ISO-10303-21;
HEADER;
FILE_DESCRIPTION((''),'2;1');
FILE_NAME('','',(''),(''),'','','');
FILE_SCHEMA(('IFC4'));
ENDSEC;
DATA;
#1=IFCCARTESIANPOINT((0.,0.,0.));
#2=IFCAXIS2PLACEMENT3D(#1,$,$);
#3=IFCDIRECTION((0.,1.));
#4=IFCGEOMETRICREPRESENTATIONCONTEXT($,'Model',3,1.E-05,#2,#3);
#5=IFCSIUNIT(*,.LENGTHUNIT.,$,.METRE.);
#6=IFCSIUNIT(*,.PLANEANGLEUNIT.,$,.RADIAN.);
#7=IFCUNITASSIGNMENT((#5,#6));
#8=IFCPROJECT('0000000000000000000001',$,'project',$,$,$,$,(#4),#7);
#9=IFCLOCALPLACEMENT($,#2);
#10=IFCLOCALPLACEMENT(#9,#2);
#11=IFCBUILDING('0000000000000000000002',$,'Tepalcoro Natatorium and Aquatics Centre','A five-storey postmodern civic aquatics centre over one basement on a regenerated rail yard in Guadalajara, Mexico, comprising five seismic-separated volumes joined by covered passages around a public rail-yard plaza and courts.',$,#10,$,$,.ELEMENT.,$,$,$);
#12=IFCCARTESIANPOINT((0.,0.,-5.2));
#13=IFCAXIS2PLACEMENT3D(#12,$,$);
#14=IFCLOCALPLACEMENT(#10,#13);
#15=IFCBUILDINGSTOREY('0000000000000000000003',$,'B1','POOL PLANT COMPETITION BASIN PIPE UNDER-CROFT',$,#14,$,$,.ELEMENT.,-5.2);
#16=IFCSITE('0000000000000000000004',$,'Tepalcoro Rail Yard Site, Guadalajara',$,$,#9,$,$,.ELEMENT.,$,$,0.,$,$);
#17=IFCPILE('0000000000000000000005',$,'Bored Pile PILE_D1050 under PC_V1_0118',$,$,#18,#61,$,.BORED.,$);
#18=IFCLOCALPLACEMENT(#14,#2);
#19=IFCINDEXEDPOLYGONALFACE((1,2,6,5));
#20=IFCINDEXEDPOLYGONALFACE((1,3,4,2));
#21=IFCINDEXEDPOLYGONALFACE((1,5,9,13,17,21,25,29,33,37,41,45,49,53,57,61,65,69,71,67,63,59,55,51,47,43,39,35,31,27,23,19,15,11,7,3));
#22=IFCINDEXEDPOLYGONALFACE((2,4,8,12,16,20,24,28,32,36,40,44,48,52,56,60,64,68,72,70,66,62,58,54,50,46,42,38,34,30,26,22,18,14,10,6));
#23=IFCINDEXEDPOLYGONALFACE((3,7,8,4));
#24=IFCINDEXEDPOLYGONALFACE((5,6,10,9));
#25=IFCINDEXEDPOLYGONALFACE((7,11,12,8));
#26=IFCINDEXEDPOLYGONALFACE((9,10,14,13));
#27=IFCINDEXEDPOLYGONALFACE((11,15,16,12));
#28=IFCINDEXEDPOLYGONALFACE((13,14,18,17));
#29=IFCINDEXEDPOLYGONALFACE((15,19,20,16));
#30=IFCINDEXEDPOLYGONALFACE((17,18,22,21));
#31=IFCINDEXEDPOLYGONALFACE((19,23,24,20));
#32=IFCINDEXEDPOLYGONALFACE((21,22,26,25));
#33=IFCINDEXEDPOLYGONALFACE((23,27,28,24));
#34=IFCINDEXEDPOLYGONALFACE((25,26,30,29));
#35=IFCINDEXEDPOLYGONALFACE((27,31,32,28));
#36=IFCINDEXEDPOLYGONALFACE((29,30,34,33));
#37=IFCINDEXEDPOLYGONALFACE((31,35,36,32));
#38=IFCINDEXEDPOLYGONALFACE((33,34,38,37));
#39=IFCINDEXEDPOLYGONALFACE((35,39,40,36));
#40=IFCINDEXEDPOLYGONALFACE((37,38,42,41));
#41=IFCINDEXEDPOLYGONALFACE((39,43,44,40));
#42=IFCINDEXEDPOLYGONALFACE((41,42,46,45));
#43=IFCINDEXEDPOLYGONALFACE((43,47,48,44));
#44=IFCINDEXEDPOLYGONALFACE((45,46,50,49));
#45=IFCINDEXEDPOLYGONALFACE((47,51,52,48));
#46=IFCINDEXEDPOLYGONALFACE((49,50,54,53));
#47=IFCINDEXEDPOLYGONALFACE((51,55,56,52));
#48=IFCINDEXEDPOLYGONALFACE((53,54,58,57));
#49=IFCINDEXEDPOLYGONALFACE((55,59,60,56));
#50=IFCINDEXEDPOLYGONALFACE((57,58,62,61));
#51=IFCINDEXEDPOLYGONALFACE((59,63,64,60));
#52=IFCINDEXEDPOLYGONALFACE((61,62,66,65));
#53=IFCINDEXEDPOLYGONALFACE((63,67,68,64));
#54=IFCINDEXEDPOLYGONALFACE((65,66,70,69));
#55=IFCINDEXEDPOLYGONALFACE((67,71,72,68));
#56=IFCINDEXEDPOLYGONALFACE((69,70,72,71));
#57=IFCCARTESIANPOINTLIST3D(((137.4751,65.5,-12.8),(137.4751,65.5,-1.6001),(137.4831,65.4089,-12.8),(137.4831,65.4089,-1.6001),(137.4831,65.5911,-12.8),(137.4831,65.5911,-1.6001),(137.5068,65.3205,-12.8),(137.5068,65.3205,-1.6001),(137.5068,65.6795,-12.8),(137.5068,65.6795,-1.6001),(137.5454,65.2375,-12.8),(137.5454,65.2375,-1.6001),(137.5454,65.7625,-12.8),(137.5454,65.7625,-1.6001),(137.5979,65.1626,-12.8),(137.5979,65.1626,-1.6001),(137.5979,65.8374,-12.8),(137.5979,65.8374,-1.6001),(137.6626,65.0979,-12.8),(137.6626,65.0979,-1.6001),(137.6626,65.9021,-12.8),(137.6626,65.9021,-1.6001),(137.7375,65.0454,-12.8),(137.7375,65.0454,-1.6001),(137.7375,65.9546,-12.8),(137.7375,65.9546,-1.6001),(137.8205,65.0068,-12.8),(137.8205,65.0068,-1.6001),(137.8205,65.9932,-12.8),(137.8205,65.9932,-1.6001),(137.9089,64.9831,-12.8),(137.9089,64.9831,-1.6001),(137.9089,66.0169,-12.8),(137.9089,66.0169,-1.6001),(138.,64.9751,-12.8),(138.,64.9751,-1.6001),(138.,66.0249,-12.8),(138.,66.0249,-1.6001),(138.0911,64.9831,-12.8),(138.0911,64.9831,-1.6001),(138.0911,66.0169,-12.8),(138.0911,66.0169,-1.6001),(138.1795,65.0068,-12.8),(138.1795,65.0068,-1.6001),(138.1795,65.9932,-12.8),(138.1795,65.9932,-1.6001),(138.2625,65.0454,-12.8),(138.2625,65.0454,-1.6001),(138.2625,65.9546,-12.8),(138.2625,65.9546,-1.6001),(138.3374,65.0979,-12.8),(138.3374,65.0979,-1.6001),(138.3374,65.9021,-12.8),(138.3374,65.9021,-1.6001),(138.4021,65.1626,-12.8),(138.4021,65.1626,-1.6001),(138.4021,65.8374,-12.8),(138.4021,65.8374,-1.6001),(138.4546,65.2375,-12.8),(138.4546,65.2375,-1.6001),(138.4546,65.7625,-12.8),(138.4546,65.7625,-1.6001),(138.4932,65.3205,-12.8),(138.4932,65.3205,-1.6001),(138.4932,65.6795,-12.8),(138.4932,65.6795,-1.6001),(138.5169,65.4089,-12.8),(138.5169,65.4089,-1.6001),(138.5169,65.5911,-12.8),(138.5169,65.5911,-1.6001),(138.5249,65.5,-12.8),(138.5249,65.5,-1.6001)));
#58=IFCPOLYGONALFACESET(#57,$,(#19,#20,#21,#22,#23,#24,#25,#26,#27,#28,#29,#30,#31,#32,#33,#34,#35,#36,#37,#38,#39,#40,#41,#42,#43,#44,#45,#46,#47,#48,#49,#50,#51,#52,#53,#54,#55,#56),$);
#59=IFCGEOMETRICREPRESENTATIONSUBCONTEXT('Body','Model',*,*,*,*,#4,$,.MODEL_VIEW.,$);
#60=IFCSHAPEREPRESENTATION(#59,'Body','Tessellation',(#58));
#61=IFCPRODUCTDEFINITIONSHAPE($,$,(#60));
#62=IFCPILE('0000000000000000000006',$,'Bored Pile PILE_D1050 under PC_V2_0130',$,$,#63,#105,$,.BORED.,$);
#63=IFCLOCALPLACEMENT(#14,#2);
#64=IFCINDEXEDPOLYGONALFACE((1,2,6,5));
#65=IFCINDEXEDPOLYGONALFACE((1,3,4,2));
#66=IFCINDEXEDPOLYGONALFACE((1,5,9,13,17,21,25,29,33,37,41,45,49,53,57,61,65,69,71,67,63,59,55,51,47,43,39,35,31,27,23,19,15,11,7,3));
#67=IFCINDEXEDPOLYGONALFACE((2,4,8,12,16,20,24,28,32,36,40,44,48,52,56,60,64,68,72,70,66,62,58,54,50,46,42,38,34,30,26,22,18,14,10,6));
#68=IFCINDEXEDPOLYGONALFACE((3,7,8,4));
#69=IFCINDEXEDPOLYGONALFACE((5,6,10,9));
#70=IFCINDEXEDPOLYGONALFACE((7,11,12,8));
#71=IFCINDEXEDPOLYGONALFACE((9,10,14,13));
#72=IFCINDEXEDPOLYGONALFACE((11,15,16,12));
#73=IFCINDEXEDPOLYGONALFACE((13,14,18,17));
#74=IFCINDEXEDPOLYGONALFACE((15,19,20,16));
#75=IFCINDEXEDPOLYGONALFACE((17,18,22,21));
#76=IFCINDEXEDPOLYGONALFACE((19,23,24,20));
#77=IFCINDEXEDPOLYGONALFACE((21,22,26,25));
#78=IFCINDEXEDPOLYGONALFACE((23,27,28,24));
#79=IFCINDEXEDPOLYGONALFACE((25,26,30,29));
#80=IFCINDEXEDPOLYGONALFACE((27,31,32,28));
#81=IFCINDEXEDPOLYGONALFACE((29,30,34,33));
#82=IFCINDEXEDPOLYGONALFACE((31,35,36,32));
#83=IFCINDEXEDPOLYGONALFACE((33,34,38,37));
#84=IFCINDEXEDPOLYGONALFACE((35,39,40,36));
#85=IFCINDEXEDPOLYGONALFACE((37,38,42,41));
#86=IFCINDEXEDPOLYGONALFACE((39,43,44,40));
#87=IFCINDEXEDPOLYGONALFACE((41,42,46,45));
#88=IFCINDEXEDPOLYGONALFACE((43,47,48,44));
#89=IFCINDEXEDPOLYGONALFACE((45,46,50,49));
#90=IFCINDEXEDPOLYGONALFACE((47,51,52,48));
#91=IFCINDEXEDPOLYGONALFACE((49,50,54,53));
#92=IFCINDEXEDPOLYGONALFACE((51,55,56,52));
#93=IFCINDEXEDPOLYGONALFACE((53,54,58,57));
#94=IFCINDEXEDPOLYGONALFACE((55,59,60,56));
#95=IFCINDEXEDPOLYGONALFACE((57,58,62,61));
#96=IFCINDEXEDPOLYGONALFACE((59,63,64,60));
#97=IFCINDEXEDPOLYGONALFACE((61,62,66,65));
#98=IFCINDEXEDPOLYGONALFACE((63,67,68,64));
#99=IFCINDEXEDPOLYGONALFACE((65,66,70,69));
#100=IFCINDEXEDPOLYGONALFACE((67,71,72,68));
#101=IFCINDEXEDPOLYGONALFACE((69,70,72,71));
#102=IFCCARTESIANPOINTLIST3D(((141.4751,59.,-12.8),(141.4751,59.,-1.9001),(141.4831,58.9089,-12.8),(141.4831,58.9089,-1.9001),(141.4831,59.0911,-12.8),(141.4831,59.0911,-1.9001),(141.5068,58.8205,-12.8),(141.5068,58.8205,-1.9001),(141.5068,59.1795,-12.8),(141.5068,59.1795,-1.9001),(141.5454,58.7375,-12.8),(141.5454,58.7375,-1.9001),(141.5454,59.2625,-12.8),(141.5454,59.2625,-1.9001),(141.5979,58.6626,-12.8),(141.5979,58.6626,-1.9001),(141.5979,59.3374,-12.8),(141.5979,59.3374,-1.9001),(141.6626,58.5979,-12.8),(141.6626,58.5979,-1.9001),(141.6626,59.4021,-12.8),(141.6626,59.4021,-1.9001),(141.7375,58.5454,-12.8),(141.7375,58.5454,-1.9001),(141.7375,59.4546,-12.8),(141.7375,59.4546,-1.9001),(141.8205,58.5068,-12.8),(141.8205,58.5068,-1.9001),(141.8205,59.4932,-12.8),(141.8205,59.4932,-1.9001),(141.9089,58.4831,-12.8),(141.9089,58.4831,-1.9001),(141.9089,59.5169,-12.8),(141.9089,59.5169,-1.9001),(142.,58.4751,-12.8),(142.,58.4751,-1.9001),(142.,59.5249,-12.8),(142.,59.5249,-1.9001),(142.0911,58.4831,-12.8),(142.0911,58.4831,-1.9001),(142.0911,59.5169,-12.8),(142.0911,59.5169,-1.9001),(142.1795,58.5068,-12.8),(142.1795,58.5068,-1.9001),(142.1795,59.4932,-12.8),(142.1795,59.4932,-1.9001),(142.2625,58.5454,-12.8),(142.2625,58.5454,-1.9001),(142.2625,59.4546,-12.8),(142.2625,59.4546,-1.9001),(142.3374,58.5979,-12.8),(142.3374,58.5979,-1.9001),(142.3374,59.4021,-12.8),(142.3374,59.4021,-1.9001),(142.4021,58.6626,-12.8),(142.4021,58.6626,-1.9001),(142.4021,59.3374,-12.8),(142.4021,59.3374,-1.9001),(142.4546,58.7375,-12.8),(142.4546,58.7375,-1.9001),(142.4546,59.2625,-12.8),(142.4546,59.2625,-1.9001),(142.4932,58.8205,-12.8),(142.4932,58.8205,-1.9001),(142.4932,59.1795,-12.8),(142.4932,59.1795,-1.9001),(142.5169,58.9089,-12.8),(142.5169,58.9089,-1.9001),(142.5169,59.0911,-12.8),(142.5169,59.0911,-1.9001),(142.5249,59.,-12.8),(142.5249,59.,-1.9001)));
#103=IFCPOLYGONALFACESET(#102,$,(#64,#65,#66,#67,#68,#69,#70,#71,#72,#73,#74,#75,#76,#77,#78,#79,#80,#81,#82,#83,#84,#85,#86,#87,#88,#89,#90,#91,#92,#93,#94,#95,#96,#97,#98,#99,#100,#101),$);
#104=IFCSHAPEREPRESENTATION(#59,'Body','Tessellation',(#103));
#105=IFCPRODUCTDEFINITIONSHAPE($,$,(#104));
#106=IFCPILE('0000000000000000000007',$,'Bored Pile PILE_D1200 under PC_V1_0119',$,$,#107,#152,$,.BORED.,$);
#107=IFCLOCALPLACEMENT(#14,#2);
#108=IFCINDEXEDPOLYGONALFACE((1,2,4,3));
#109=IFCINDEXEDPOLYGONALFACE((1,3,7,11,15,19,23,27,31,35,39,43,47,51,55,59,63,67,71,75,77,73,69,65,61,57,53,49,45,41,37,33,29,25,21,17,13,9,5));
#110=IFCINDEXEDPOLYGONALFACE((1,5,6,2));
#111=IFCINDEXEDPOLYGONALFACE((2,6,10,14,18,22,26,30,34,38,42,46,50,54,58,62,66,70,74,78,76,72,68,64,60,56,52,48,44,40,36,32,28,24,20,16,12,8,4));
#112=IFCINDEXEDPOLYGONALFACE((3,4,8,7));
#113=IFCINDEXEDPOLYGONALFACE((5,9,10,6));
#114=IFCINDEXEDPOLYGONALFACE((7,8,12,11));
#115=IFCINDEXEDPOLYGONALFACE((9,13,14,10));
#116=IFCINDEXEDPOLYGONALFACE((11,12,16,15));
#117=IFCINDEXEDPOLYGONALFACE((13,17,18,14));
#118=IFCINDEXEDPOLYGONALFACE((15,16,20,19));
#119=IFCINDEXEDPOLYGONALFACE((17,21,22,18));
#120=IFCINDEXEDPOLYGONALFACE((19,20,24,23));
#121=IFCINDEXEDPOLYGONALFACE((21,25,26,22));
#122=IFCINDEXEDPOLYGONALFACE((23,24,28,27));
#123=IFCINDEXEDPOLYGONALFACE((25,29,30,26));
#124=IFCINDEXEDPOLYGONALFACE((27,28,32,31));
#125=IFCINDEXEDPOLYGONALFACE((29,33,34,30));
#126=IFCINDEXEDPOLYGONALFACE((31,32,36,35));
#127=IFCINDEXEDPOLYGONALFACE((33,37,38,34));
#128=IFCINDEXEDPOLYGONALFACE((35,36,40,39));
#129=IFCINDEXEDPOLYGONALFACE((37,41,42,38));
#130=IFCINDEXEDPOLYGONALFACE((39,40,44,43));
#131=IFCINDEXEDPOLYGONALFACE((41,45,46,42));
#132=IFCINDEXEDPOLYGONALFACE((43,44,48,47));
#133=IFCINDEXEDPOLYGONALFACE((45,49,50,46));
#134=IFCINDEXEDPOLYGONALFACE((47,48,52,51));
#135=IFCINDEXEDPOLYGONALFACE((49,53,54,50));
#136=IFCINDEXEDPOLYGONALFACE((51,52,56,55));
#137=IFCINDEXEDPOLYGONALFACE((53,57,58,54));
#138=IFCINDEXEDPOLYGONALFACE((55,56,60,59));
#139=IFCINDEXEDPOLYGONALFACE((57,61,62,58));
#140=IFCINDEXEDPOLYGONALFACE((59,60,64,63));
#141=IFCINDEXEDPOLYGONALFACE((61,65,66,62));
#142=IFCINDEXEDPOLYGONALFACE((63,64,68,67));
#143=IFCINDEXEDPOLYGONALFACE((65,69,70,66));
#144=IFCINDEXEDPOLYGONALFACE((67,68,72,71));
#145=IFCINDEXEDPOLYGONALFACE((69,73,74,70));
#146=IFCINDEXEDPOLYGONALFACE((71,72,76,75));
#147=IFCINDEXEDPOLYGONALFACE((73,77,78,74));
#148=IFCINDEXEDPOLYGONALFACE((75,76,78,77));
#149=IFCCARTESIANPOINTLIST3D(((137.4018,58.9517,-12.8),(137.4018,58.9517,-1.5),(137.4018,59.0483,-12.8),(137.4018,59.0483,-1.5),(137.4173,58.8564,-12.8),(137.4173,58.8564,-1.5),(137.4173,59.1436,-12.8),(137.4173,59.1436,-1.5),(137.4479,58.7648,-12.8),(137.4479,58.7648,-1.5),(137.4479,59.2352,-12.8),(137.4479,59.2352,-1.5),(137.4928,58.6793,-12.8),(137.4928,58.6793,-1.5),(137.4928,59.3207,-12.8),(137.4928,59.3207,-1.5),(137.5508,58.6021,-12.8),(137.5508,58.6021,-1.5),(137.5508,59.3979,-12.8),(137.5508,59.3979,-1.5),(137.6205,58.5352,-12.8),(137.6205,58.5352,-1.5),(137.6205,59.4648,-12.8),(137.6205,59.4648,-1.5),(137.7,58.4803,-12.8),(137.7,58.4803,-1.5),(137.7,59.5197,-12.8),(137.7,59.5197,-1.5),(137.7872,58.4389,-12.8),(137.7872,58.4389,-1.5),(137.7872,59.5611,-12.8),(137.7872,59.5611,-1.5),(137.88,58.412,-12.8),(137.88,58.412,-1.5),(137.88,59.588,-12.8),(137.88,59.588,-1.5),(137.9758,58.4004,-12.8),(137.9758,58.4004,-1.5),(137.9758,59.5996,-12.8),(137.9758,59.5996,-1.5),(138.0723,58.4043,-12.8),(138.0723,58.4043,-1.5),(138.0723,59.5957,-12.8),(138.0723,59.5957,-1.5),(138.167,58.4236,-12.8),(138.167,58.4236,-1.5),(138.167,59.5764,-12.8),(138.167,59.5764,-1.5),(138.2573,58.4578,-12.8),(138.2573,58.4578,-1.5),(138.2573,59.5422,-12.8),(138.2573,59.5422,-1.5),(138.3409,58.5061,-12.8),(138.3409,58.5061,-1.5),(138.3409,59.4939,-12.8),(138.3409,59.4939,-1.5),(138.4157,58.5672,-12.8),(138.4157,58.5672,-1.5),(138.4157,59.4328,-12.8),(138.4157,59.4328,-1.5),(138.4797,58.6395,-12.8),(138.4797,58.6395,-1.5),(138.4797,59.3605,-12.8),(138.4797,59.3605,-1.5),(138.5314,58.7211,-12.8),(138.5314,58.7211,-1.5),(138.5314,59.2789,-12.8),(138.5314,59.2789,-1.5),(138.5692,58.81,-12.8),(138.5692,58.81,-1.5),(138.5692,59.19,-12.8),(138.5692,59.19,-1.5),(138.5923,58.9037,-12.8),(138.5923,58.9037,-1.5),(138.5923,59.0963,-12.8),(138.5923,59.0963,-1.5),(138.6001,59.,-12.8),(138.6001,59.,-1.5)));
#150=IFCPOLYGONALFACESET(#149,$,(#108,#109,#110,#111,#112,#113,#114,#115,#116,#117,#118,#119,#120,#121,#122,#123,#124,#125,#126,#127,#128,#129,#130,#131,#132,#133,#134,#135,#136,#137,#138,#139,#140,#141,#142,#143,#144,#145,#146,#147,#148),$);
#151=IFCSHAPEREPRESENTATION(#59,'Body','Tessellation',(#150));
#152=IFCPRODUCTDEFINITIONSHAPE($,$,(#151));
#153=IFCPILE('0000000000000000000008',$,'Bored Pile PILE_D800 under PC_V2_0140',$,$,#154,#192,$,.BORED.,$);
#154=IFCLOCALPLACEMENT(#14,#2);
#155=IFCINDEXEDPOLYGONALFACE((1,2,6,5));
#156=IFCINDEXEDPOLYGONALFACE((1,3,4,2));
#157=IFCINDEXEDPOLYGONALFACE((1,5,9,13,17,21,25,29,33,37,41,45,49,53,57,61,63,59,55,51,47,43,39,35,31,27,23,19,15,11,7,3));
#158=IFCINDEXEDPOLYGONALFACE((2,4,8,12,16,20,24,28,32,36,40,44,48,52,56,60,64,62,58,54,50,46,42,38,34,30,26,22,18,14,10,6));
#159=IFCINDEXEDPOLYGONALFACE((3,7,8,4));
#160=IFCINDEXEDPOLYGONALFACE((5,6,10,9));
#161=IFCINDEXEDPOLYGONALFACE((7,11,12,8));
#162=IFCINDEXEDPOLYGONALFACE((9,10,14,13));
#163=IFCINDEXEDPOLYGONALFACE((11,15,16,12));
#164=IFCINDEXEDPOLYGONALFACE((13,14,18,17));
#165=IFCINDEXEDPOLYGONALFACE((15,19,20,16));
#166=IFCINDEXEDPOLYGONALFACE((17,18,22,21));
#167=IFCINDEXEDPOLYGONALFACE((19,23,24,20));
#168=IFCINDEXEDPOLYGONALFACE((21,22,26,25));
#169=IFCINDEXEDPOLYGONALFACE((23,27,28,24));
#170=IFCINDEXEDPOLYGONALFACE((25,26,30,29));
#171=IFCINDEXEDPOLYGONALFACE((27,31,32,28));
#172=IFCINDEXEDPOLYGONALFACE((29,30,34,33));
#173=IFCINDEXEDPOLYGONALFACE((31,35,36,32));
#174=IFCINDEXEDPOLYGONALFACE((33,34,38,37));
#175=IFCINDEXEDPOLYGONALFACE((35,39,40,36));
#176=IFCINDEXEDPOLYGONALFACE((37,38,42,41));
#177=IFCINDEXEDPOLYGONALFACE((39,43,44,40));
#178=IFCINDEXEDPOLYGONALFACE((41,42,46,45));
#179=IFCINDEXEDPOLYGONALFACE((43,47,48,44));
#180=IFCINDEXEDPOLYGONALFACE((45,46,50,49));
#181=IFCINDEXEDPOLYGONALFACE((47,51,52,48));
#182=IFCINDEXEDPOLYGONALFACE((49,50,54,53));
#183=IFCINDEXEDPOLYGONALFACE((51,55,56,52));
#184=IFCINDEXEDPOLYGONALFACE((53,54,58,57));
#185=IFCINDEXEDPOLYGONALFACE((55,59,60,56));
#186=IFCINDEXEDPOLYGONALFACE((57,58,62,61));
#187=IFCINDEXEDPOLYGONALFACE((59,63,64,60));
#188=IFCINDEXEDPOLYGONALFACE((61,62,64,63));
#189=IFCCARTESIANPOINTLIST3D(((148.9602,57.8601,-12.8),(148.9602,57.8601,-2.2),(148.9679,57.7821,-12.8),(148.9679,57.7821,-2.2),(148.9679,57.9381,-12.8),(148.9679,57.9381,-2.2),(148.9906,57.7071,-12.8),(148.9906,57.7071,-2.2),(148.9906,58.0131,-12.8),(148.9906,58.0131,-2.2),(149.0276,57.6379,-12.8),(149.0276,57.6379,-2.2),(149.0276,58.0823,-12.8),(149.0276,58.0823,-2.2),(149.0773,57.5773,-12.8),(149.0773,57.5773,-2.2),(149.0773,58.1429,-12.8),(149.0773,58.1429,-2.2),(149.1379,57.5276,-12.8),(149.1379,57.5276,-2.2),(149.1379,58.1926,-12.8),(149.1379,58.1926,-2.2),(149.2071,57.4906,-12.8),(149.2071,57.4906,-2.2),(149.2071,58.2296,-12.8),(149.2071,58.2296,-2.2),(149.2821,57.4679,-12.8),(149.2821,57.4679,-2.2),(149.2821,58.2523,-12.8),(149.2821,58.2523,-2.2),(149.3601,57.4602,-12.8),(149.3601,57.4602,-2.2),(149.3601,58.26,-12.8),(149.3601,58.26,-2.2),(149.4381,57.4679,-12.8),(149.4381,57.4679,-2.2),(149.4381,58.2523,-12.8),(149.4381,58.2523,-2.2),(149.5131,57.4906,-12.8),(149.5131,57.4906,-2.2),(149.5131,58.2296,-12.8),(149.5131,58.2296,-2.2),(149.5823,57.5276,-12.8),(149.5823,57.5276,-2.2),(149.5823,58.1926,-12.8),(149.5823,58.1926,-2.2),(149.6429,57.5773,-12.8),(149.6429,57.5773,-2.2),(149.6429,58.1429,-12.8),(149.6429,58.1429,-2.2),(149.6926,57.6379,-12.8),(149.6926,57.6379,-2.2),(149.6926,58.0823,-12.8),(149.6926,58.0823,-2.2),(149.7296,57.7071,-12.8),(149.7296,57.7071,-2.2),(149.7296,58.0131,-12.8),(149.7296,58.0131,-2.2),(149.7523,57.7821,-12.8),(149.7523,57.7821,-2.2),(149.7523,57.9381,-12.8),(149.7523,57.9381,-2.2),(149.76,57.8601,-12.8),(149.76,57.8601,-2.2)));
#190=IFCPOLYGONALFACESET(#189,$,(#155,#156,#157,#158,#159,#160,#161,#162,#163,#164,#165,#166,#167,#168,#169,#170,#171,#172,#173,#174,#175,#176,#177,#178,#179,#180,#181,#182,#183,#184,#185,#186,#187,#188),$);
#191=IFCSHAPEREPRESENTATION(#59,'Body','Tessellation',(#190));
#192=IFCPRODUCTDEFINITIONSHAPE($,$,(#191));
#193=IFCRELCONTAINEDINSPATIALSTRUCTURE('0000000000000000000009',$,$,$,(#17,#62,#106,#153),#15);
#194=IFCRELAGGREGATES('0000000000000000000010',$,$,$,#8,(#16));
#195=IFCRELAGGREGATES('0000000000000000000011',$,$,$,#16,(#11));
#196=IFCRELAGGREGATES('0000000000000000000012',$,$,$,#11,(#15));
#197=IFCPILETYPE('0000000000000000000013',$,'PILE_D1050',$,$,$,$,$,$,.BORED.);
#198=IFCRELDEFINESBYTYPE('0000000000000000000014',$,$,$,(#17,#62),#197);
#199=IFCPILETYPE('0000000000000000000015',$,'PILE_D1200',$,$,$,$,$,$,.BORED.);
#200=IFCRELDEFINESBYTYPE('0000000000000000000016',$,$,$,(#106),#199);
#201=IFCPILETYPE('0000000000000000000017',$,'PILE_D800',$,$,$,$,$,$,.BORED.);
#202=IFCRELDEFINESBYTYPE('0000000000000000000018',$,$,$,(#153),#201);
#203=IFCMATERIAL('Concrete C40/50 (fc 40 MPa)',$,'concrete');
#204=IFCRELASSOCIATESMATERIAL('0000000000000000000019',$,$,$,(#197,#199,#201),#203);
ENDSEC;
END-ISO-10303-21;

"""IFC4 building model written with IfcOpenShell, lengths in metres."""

from ifc_helpers import new_model, si_unit, direction, frame, origin, origin_2d, place, context, subcontext, project, spatial, circle, extrude, material, material_profile, profile_set, type_object, element, save


model = new_model("IFC4")

# Units and contexts
model_context = context("Model", 3, precision=1e-05, world=origin(), true_north=direction((0.0, 1.0)))
body_context = subcontext(model_context, "Body", "Model", "MODEL_VIEW")
ifc_project = project(units=[si_unit("LENGTHUNIT", "METRE"), si_unit("PLANEANGLEUNIT", "RADIAN")], contexts=[model_context])

# Site, building, storey
site_placement = place(None, origin())
site = spatial("IfcSite", under=ifc_project, at=site_placement, Name="Tepalcoro Rail Yard Site, Guadalajara", CompositionType="ELEMENT", RefElevation=0.0)
building_placement = place(site_placement, origin())
building = spatial("IfcBuilding", under=site, at=building_placement, Name="Tepalcoro Natatorium and Aquatics Centre", Description="A five-storey postmodern civic aquatics centre over one basement on a regenerated rail yard in Guadalajara, Mexico, comprising five seismic-separated volumes joined by covered passages around a public rail-yard plaza and courts.", CompositionType="ELEMENT")
storey_placement = place(building_placement, frame((0.0, 0.0, -5.2)))
storey = spatial("IfcBuildingStorey", under=building, at=storey_placement, Name="B1", Description="POOL PLANT COMPETITION BASIN PIPE UNDER-CROFT", CompositionType="ELEMENT", Elevation=-5.2)

# Piles
ifc_material_1 = material(Name="Concrete C40/50 (fc 40 MPa)", Category="concrete")
ifc_material_profile_1 = material_profile(ifc_material_1, circle(Radius=0.5249, at=origin_2d()), Name="PILE_D1050")
ifc_profile_set_1 = profile_set([ifc_material_profile_1], Name="Concrete C40/50 (fc 40 MPa)")
pile_type_1 = type_object("IfcPileType", Name="PILE_D1050", PredefinedType="BORED", material=ifc_profile_set_1)
pile_1_placement = place(storey_placement, frame((138.0, 65.5, -1.6001), z_axis=(0.0, 0.0, -1.0), x_axis=(1.0, 0.0, 0.0)))
element("IfcPile", 1, at=pile_1_placement, inside=storey, type_object=pile_type_1, Name="Bored Pile PILE_D1050 under PC_V1_0118", PredefinedType="BORED", context=body_context, shape_type="SweptSolid", body=[
    extrude(circle(Radius=0.5249, at=origin_2d()), origin(), (0.0, 0.0, 1.0), 11.2),
])
pile_2_placement = place(storey_placement, frame((142.0, 59.0, -1.9001), z_axis=(0.0, 0.0, -1.0), x_axis=(1.0, 0.0, 0.0)))
element("IfcPile", 2, at=pile_2_placement, inside=storey, type_object=pile_type_1, Name="Bored Pile PILE_D1050 under PC_V2_0130", PredefinedType="BORED", context=body_context, shape_type="SweptSolid", body=[
    extrude(circle(Radius=0.5249, at=origin_2d()), origin(), (0.0, 0.0, 1.0), 10.8999),
])
ifc_material_profile_2 = material_profile(ifc_material_1, circle(Radius=0.6001, at=origin_2d()), Name="PILE_D1200")
ifc_profile_set_2 = profile_set([ifc_material_profile_2], Name="Concrete C40/50 (fc 40 MPa)")
pile_type_2 = type_object("IfcPileType", Name="PILE_D1200", PredefinedType="BORED", material=ifc_profile_set_2)
pile_3_placement = place(storey_placement, frame((138.0, 59.0, -1.5), z_axis=(0.0, 0.0, -1.0), x_axis=(1.0, 0.0, 0.0)))
element("IfcPile", 3, at=pile_3_placement, inside=storey, type_object=pile_type_2, Name="Bored Pile PILE_D1200 under PC_V1_0119", PredefinedType="BORED", context=body_context, shape_type="SweptSolid", body=[
    extrude(circle(Radius=0.6001, at=origin_2d()), origin(), (0.0, 0.0, 1.0), 11.3),
])
ifc_material_profile_3 = material_profile(ifc_material_1, circle(Radius=0.3999, at=origin_2d()), Name="PILE_D800")
ifc_profile_set_3 = profile_set([ifc_material_profile_3], Name="Concrete C40/50 (fc 40 MPa)")
pile_type_3 = type_object("IfcPileType", Name="PILE_D800", PredefinedType="BORED", material=ifc_profile_set_3)
for number, where, z_axis, x_axis, name in (
    (4, (149.3601, 57.8601, -2.2), (0.0, 0.0, -1.0), (1.0, 0.0, 0.0), "Bored Pile PILE_D800 under PC_V2_0140"),
):
    element("IfcPile", number, at=place(storey_placement, frame(where, z_axis=z_axis, x_axis=x_axis)), inside=storey, type_object=pile_type_3, Name=name, PredefinedType="BORED", context=body_context, shape_type="SweptSolid", body=[
        extrude(circle(Radius=0.3999, at=origin_2d()), origin(), (0.0, 0.0, 1.0), 10.6001),
    ])

save(model, "model.ifc")
